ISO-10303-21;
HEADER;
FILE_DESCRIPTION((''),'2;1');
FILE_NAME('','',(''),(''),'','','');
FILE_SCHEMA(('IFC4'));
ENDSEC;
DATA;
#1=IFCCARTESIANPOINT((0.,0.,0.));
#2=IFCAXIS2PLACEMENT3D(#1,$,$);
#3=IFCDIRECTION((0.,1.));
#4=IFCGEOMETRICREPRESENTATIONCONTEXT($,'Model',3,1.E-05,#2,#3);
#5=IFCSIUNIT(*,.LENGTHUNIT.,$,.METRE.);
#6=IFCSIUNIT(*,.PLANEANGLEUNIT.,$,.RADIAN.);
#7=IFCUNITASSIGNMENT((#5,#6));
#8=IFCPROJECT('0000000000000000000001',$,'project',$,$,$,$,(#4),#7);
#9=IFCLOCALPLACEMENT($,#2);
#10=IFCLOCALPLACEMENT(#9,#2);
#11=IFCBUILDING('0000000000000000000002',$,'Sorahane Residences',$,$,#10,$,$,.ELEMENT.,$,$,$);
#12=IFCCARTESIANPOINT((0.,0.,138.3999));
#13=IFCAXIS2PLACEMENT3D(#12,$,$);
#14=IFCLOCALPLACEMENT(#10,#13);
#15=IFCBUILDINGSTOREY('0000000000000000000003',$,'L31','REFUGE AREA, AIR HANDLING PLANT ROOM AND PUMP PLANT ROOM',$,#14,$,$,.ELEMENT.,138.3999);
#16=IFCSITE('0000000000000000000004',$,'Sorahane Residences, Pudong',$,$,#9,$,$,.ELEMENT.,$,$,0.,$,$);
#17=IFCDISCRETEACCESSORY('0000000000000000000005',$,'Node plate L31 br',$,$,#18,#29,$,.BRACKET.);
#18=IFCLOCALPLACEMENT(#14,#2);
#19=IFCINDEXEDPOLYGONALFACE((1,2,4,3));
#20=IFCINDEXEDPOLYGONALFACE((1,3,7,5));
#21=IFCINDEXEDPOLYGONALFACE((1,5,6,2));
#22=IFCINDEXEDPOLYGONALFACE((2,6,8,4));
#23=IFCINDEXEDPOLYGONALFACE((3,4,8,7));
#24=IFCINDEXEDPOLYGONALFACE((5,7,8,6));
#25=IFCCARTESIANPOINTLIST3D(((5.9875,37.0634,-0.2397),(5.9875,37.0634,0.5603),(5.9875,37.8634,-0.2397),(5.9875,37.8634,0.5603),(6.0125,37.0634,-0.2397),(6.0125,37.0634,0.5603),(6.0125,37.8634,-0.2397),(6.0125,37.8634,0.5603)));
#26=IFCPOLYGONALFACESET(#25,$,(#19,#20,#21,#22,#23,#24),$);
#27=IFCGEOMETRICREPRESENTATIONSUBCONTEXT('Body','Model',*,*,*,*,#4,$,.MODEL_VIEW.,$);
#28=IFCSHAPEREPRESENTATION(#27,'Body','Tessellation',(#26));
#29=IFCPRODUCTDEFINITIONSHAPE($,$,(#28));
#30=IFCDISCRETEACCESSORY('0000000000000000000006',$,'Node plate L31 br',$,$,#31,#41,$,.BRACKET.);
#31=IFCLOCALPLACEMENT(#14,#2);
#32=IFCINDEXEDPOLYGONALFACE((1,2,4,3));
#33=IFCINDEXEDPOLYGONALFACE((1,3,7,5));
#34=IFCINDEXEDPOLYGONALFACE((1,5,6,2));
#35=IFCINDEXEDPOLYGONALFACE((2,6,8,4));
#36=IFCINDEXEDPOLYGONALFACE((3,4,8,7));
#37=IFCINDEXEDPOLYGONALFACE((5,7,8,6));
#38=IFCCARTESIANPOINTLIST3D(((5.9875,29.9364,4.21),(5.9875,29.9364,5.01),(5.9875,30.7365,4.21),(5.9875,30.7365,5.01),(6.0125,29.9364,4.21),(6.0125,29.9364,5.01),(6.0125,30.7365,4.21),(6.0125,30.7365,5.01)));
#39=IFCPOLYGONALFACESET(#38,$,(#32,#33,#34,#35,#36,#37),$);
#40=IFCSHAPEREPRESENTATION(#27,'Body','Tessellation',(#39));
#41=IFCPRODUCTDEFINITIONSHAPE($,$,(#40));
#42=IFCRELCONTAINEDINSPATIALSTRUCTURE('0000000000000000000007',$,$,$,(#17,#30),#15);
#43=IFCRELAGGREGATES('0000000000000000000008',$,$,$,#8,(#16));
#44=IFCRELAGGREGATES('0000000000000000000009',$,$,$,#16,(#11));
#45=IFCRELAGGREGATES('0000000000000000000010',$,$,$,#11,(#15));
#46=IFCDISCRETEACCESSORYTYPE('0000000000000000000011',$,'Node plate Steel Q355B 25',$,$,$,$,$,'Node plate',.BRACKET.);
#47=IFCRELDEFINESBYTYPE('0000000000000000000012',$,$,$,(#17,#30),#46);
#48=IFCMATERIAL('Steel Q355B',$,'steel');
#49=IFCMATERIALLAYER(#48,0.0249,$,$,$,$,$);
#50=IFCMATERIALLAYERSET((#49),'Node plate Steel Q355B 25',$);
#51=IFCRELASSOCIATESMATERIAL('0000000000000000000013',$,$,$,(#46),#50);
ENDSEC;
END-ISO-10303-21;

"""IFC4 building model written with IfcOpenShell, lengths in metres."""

from ifc_helpers import new_model, si_unit, direction, frame, origin, origin_2d, place, context, subcontext, project, spatial, rectangle, extrude, material, layer, layer_set, type_object, element, save


model = new_model("IFC4")

# Units and contexts
model_context = context("Model", 3, precision=1e-05, world=origin(), true_north=direction((0.0, 1.0)))
body_context = subcontext(model_context, "Body", "Model", "MODEL_VIEW")
ifc_project = project(units=[si_unit("LENGTHUNIT", "METRE"), si_unit("PLANEANGLEUNIT", "RADIAN")], contexts=[model_context])

# Site, building, storey
site_placement = place(None, origin())
site = spatial("IfcSite", under=ifc_project, at=site_placement, Name="Sorahane Residences, Pudong", CompositionType="ELEMENT", RefElevation=0.0)
building_placement = place(site_placement, origin())
building = spatial("IfcBuilding", under=site, at=building_placement, Name="Sorahane Residences", CompositionType="ELEMENT")
storey_placement = place(building_placement, frame((0.0, 0.0, 138.3999)))
storey = spatial("IfcBuildingStorey", under=building, at=storey_placement, Name="L31", Description="REFUGE AREA, AIR HANDLING PLANT ROOM AND PUMP PLANT ROOM", CompositionType="ELEMENT", Elevation=138.3999)

# Discrete accessories
ifc_material_1 = material(Name="Steel Q355B", Category="steel")
ifc_layer_1 = layer(ifc_material_1, 0.0249)
ifc_layer_set_1 = layer_set([ifc_layer_1], Name="Node plate Steel Q355B 25")
discrete_accessory_type = type_object("IfcDiscreteAccessoryType", Name="Node plate Steel Q355B 25", ElementType="Node plate", PredefinedType="BRACKET", material=ifc_layer_set_1)
for number, where, z_axis, x_axis, name in (
    (1, (6.0, 37.4634, -0.2397), (0.0, 0.0, 1.0), (0.0, 1.0, 0.0), "Node plate L31 br"),
    (2, (6.0, 30.3364, 4.21), (0.0, 0.0, 1.0), (0.0, 1.0, 0.0), "Node plate L31 br"),
):
    element("IfcDiscreteAccessory", number, at=place(storey_placement, frame(where, z_axis=z_axis, x_axis=x_axis)), inside=storey, type_object=discrete_accessory_type, Name=name, PredefinedType="BRACKET", context=body_context, shape_type="SweptSolid", body=[
        extrude(rectangle(XDim=0.8, YDim=0.0249, at=origin_2d()), origin(), (0.0, 0.0, 1.0), 0.8),
    ])

save(model, "model.ifc")
